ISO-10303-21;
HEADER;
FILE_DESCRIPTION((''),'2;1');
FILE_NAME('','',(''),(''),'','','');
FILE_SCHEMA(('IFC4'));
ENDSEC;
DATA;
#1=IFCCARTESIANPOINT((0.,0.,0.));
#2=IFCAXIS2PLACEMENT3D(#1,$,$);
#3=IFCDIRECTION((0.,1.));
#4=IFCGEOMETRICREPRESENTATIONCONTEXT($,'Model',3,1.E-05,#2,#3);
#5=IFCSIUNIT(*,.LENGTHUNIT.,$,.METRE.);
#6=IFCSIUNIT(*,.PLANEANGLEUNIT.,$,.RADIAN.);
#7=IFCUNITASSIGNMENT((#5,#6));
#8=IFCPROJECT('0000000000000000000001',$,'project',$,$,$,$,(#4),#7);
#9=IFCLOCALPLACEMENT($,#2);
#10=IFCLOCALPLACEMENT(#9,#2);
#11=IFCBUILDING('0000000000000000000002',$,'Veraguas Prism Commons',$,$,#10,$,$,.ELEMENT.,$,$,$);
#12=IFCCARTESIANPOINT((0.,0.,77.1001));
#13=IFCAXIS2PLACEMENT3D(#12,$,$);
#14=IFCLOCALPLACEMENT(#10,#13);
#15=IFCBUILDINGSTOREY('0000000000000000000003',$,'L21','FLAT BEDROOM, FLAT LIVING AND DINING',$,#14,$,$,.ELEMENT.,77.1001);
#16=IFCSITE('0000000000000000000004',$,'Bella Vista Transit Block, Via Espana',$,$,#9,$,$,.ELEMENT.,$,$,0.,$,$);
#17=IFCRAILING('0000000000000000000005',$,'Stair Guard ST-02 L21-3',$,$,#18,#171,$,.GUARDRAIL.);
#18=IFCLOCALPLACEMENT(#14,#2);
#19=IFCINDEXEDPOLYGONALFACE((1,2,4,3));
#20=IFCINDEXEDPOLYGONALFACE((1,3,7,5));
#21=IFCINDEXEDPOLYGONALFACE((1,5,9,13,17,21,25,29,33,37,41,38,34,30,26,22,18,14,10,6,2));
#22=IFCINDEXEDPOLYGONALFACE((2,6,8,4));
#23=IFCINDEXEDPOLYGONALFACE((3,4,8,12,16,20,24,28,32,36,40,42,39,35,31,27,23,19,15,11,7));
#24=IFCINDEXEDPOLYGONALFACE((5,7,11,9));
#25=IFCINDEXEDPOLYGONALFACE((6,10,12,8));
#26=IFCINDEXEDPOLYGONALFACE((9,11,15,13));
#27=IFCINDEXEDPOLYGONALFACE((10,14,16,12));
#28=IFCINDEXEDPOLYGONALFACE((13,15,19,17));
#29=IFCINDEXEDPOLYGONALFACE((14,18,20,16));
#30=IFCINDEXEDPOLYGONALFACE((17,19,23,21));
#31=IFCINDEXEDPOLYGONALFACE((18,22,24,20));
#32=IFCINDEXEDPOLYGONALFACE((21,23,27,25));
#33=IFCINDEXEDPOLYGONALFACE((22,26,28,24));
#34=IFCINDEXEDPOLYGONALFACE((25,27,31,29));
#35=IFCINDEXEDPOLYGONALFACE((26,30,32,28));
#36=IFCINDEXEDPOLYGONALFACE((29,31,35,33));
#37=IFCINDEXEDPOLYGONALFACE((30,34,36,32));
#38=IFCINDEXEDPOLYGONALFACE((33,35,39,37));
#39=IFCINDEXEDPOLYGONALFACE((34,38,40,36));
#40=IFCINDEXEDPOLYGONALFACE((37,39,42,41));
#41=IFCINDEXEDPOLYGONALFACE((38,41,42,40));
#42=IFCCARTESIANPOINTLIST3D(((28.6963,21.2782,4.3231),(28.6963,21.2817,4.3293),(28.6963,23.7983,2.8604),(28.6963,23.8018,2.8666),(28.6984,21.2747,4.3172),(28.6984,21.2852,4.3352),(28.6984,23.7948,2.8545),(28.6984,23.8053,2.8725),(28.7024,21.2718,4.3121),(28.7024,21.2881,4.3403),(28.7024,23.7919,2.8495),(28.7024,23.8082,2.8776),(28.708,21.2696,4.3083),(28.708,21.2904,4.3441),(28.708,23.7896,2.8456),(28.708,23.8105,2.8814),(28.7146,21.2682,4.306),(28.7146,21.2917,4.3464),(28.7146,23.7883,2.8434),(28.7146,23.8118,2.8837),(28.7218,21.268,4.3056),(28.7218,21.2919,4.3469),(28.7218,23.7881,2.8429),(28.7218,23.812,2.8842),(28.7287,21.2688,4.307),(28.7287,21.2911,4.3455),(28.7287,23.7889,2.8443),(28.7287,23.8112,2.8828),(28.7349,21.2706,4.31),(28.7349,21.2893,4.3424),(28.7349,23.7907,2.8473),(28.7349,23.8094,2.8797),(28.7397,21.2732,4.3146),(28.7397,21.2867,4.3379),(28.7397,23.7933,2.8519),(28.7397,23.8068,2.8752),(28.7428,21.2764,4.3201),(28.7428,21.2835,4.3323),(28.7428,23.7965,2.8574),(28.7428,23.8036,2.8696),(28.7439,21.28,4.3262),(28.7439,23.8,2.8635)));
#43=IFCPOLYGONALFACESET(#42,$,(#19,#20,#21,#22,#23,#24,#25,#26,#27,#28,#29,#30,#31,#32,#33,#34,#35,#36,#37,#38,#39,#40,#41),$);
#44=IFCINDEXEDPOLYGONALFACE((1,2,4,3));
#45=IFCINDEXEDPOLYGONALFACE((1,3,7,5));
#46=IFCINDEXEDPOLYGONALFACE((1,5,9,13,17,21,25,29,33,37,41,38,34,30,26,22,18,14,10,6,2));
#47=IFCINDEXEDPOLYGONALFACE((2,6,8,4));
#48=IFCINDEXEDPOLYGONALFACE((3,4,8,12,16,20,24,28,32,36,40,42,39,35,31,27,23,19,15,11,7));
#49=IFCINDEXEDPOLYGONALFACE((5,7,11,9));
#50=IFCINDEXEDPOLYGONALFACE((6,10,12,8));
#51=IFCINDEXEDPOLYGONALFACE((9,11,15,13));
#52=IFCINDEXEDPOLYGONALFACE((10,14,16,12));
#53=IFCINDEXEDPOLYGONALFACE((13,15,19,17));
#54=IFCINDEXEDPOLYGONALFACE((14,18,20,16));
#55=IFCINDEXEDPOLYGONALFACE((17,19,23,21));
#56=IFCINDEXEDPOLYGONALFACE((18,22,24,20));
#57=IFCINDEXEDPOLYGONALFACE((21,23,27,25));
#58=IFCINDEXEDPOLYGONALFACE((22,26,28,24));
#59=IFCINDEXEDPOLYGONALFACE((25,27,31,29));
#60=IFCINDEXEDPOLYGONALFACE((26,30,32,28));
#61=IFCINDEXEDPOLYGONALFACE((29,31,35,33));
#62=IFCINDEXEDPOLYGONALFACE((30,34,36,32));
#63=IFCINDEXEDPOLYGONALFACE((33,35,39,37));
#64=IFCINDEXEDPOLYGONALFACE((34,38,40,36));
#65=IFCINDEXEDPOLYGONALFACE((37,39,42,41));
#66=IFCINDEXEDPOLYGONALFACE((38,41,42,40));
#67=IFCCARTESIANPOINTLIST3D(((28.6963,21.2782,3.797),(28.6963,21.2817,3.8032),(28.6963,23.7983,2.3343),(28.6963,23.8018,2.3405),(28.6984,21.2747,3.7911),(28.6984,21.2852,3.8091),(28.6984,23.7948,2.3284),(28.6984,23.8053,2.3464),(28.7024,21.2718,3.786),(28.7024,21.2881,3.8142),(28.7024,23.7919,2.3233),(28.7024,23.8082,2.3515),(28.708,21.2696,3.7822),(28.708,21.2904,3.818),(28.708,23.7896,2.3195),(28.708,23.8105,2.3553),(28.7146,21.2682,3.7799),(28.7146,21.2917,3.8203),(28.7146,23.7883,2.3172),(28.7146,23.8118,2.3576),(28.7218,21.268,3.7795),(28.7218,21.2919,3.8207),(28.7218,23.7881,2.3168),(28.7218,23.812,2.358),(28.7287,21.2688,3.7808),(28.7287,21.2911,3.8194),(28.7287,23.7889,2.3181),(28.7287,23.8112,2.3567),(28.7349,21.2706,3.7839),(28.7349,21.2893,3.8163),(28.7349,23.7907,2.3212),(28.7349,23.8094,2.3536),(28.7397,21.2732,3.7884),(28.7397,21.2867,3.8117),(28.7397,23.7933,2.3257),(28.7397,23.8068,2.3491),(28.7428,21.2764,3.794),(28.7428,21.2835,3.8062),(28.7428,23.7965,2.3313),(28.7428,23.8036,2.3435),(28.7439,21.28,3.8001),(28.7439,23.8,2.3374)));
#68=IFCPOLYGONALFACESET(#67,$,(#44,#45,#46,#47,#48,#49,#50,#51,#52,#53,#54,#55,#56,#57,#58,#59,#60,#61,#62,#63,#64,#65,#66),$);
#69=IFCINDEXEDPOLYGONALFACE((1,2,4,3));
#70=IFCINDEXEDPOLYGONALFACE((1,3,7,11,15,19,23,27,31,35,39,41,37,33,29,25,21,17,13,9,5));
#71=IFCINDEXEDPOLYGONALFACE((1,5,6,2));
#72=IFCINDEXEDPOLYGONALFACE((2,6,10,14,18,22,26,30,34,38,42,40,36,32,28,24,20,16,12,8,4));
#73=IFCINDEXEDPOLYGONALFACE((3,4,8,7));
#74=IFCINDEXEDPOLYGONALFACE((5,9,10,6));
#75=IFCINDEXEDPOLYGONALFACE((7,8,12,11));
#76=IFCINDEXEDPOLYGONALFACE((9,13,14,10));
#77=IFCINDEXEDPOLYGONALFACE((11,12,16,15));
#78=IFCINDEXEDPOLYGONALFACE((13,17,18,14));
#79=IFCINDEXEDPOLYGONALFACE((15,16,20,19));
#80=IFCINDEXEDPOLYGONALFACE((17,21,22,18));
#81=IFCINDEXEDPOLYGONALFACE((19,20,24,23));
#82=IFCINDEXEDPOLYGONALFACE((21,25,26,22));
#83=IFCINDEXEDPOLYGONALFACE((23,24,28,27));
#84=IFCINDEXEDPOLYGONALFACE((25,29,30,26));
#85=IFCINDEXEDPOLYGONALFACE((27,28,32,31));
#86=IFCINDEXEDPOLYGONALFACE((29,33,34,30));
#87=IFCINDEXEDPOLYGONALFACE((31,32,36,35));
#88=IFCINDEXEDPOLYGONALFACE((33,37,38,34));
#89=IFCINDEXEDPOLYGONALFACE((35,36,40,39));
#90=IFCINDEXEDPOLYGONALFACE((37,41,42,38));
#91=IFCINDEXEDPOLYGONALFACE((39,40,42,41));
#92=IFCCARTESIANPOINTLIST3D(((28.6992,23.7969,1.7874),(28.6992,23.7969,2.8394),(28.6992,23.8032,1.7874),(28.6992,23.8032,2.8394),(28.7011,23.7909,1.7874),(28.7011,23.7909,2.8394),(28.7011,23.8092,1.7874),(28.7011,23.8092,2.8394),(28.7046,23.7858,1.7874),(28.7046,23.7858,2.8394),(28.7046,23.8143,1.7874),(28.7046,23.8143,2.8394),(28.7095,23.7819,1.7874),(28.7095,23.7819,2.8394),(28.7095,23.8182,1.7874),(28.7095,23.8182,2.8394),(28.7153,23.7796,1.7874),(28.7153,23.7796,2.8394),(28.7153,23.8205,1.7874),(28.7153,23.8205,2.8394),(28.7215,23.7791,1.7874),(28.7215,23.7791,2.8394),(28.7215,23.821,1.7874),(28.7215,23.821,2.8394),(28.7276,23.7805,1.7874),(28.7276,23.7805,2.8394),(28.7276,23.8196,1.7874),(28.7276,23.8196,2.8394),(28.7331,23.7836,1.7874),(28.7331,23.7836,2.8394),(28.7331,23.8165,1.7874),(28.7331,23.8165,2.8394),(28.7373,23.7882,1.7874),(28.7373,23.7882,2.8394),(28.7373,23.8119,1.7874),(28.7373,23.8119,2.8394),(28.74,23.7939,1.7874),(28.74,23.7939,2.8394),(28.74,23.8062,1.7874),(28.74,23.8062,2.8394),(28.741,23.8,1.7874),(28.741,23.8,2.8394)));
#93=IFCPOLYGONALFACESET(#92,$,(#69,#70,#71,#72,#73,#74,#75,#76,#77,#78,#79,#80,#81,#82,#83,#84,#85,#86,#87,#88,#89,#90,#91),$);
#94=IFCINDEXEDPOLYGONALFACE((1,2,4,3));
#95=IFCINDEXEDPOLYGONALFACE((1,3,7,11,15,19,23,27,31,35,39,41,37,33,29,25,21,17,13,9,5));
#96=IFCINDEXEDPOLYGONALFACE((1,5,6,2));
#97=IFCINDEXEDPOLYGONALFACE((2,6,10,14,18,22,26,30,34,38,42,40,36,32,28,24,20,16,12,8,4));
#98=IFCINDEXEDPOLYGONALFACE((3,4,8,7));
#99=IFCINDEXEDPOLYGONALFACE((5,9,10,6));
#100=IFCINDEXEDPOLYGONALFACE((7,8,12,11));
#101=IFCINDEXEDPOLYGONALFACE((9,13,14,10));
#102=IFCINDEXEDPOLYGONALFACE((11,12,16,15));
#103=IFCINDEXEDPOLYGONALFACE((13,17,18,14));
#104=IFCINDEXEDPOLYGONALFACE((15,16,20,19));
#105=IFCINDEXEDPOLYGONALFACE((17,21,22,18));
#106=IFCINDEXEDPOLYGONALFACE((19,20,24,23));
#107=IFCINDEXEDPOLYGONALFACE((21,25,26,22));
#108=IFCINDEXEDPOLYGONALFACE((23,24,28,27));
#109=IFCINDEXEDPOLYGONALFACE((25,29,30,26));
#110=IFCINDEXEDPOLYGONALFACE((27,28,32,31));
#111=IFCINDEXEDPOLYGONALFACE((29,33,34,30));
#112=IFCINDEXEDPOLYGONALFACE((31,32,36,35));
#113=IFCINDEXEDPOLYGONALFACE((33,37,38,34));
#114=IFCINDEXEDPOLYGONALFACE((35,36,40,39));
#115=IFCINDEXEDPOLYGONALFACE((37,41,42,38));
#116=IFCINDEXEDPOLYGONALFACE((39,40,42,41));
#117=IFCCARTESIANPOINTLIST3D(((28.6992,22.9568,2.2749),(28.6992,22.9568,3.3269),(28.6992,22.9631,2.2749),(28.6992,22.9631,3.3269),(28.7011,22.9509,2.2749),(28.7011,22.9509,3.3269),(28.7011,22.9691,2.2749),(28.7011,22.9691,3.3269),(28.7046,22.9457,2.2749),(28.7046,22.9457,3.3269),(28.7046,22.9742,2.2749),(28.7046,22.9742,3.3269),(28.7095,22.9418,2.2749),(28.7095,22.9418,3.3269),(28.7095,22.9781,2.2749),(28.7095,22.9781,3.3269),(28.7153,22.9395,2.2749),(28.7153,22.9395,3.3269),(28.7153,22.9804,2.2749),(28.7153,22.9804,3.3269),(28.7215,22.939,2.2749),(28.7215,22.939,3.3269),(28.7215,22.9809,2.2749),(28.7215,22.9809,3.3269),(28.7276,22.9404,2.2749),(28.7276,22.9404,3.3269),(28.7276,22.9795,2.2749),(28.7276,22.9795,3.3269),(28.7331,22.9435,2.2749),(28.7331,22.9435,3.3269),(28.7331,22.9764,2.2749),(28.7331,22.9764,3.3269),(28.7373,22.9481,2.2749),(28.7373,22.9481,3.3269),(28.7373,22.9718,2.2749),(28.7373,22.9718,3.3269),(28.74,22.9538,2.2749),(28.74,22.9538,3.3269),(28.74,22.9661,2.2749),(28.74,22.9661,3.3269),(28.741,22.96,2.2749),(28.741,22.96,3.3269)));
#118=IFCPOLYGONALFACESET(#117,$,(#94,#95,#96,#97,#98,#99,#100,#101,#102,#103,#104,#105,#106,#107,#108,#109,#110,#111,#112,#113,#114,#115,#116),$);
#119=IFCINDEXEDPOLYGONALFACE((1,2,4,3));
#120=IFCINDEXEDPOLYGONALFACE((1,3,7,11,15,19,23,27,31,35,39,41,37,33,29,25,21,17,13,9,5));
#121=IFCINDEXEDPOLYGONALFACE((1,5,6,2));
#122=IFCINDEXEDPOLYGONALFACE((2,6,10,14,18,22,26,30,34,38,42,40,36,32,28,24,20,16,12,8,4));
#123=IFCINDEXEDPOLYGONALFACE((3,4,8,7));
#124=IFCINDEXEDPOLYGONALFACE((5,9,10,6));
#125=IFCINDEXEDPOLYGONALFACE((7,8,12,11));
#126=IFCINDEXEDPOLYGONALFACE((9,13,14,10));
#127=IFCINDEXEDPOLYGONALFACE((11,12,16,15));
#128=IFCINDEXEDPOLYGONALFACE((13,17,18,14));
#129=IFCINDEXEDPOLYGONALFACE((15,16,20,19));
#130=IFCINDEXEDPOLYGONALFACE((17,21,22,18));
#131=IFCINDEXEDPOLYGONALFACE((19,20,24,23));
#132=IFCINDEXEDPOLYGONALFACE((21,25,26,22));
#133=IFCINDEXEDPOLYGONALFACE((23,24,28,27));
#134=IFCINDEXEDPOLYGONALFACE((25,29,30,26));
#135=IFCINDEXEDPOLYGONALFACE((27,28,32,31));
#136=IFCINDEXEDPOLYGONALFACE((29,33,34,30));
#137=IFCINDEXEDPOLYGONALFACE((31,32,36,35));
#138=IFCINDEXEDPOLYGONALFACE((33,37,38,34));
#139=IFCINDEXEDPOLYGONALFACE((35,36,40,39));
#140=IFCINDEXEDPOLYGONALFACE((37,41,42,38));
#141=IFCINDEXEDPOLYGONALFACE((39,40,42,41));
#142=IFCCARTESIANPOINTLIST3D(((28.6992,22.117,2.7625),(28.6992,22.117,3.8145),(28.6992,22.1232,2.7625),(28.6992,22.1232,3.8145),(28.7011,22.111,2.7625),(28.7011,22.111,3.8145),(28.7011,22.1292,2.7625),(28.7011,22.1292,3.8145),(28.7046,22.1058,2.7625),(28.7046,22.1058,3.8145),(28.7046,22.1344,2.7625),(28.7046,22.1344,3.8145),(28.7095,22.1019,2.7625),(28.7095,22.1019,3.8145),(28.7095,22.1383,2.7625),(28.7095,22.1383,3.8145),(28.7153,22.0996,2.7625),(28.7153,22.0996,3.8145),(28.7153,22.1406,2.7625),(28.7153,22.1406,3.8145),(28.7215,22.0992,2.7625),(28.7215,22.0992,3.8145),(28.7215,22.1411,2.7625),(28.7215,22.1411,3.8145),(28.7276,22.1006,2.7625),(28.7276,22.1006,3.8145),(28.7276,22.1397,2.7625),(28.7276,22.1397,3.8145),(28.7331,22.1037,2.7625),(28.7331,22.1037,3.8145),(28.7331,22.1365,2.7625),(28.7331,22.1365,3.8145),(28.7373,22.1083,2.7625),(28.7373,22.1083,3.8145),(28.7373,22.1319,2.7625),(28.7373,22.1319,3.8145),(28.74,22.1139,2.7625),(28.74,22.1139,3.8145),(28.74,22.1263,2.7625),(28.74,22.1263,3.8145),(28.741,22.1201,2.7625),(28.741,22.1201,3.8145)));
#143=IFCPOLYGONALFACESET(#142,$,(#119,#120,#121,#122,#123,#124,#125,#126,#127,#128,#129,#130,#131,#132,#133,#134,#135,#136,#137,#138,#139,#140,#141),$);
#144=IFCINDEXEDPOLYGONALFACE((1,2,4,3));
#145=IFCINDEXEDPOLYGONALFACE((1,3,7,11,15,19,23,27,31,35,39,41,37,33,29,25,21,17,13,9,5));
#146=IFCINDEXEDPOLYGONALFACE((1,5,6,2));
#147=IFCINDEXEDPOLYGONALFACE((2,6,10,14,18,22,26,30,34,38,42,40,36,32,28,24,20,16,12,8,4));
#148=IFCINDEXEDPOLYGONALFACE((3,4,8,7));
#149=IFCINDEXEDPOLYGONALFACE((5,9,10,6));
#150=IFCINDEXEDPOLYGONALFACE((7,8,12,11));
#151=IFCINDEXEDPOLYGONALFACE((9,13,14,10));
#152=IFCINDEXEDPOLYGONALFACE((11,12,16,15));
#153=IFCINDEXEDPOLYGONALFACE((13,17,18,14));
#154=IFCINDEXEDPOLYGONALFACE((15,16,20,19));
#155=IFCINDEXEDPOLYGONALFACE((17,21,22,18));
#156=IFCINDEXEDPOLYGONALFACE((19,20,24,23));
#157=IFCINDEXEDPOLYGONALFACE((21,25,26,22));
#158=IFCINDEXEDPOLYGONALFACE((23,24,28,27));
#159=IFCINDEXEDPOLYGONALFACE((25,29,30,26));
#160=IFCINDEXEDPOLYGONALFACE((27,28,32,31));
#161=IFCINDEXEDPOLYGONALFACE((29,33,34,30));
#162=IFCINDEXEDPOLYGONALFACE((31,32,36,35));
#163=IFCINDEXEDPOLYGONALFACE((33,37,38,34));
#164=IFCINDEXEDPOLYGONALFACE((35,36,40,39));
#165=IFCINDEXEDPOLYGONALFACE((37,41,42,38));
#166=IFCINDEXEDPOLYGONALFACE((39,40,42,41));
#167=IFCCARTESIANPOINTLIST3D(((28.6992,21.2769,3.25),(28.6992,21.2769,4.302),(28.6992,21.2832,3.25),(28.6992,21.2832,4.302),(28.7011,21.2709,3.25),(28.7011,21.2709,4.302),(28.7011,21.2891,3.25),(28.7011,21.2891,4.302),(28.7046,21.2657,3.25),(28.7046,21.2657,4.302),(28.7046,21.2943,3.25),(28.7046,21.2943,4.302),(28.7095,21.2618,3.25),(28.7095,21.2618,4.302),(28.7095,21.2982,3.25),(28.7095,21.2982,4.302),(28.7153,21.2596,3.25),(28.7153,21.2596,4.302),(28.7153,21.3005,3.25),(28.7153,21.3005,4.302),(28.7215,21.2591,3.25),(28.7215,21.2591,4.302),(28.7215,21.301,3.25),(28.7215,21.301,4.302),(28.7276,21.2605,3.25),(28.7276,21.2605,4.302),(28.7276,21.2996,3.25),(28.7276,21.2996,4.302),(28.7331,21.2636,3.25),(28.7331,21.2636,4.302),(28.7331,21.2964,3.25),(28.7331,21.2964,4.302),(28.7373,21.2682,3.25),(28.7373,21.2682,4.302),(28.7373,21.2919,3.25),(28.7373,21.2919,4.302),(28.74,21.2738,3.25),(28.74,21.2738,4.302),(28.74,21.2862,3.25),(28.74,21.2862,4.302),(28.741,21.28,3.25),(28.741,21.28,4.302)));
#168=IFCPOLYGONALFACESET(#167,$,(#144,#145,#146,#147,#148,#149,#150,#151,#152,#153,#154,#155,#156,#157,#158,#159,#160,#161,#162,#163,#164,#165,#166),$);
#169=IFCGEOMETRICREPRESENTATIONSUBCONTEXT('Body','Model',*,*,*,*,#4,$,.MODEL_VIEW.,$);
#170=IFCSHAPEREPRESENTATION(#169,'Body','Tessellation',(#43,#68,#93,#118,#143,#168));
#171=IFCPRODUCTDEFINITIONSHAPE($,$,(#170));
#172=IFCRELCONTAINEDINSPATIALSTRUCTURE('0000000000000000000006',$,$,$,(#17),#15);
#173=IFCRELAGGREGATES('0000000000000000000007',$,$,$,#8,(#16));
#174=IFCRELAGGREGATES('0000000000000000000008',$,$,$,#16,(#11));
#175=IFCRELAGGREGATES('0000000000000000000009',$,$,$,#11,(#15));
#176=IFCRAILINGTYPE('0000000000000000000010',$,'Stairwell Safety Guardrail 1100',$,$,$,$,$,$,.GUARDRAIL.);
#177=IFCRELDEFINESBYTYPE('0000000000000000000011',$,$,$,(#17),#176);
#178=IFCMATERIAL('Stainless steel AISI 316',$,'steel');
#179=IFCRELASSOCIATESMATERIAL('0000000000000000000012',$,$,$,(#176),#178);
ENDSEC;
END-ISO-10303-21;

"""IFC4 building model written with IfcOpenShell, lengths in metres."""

from ifc_helpers import new_model, si_unit, direction, frame, origin, origin_2d, place, context, subcontext, project, spatial, circle, extrude, material, type_object, element, save


model = new_model("IFC4")

# Units and contexts
model_context = context("Model", 3, precision=1e-05, world=origin(), true_north=direction((0.0, 1.0)))
body_context = subcontext(model_context, "Body", "Model", "MODEL_VIEW")
ifc_project = project(units=[si_unit("LENGTHUNIT", "METRE"), si_unit("PLANEANGLEUNIT", "RADIAN")], contexts=[model_context])

# Site, building, storey
site_placement = place(None, origin())
site = spatial("IfcSite", under=ifc_project, at=site_placement, Name="Bella Vista Transit Block, Via Espana", CompositionType="ELEMENT", RefElevation=0.0)
building_placement = place(site_placement, origin())
building = spatial("IfcBuilding", under=site, at=building_placement, Name="Veraguas Prism Commons", CompositionType="ELEMENT")
storey_placement = place(building_placement, frame((0.0, 0.0, 77.1001)))
storey = spatial("IfcBuildingStorey", under=building, at=storey_placement, Name="L21", Description="FLAT BEDROOM, FLAT LIVING AND DINING", CompositionType="ELEMENT", Elevation=77.1001)

# Shared definitions
ifc_material_1 = material(Name="Stainless steel AISI 316", Category="steel")

# Railing
railing_type_1 = type_object("IfcRailingType", Name="Stairwell Safety Guardrail 1100", PredefinedType="GUARDRAIL", material=ifc_material_1)
railing_1_placement = place(storey_placement, frame((28.72, 23.8, 1.7874)))
element("IfcRailing", 1, at=railing_1_placement, inside=storey, type_object=railing_type_1, Name="Stair Guard ST-02 L21-3", PredefinedType="GUARDRAIL", context=body_context, shape_type="SweptSolid", body=[
    extrude(circle(Radius=0.0239, at=origin_2d()), frame((0.0, 0.0, 1.0762), z_axis=(0.0, -0.864877, 0.501984), x_axis=(1.0, 0.0, 0.0)), (0.0, 0.0, 1.0), 2.9138),
    extrude(circle(Radius=0.0239, at=origin_2d()), frame((0.0, 0.0, 0.55), z_axis=(0.0, -0.864877, 0.501984), x_axis=(1.0, 0.0, 0.0)), (0.0, 0.0, 1.0), 2.9138),
    extrude(circle(Radius=0.021, at=origin_2d()), origin(), (0.0, 0.0, 1.0), 1.052),
    extrude(circle(Radius=0.021, at=origin_2d()), frame((0.0, -0.8401, 0.4875)), (0.0, 0.0, 1.0), 1.052),
    extrude(circle(Radius=0.021, at=origin_2d()), frame((0.0, -1.6799, 0.9751)), (0.0, 0.0, 1.0), 1.052),
    extrude(circle(Radius=0.021, at=origin_2d()), frame((0.0, -2.52, 1.4626)), (0.0, 0.0, 1.0), 1.052),
])

save(model, "model.ifc")
